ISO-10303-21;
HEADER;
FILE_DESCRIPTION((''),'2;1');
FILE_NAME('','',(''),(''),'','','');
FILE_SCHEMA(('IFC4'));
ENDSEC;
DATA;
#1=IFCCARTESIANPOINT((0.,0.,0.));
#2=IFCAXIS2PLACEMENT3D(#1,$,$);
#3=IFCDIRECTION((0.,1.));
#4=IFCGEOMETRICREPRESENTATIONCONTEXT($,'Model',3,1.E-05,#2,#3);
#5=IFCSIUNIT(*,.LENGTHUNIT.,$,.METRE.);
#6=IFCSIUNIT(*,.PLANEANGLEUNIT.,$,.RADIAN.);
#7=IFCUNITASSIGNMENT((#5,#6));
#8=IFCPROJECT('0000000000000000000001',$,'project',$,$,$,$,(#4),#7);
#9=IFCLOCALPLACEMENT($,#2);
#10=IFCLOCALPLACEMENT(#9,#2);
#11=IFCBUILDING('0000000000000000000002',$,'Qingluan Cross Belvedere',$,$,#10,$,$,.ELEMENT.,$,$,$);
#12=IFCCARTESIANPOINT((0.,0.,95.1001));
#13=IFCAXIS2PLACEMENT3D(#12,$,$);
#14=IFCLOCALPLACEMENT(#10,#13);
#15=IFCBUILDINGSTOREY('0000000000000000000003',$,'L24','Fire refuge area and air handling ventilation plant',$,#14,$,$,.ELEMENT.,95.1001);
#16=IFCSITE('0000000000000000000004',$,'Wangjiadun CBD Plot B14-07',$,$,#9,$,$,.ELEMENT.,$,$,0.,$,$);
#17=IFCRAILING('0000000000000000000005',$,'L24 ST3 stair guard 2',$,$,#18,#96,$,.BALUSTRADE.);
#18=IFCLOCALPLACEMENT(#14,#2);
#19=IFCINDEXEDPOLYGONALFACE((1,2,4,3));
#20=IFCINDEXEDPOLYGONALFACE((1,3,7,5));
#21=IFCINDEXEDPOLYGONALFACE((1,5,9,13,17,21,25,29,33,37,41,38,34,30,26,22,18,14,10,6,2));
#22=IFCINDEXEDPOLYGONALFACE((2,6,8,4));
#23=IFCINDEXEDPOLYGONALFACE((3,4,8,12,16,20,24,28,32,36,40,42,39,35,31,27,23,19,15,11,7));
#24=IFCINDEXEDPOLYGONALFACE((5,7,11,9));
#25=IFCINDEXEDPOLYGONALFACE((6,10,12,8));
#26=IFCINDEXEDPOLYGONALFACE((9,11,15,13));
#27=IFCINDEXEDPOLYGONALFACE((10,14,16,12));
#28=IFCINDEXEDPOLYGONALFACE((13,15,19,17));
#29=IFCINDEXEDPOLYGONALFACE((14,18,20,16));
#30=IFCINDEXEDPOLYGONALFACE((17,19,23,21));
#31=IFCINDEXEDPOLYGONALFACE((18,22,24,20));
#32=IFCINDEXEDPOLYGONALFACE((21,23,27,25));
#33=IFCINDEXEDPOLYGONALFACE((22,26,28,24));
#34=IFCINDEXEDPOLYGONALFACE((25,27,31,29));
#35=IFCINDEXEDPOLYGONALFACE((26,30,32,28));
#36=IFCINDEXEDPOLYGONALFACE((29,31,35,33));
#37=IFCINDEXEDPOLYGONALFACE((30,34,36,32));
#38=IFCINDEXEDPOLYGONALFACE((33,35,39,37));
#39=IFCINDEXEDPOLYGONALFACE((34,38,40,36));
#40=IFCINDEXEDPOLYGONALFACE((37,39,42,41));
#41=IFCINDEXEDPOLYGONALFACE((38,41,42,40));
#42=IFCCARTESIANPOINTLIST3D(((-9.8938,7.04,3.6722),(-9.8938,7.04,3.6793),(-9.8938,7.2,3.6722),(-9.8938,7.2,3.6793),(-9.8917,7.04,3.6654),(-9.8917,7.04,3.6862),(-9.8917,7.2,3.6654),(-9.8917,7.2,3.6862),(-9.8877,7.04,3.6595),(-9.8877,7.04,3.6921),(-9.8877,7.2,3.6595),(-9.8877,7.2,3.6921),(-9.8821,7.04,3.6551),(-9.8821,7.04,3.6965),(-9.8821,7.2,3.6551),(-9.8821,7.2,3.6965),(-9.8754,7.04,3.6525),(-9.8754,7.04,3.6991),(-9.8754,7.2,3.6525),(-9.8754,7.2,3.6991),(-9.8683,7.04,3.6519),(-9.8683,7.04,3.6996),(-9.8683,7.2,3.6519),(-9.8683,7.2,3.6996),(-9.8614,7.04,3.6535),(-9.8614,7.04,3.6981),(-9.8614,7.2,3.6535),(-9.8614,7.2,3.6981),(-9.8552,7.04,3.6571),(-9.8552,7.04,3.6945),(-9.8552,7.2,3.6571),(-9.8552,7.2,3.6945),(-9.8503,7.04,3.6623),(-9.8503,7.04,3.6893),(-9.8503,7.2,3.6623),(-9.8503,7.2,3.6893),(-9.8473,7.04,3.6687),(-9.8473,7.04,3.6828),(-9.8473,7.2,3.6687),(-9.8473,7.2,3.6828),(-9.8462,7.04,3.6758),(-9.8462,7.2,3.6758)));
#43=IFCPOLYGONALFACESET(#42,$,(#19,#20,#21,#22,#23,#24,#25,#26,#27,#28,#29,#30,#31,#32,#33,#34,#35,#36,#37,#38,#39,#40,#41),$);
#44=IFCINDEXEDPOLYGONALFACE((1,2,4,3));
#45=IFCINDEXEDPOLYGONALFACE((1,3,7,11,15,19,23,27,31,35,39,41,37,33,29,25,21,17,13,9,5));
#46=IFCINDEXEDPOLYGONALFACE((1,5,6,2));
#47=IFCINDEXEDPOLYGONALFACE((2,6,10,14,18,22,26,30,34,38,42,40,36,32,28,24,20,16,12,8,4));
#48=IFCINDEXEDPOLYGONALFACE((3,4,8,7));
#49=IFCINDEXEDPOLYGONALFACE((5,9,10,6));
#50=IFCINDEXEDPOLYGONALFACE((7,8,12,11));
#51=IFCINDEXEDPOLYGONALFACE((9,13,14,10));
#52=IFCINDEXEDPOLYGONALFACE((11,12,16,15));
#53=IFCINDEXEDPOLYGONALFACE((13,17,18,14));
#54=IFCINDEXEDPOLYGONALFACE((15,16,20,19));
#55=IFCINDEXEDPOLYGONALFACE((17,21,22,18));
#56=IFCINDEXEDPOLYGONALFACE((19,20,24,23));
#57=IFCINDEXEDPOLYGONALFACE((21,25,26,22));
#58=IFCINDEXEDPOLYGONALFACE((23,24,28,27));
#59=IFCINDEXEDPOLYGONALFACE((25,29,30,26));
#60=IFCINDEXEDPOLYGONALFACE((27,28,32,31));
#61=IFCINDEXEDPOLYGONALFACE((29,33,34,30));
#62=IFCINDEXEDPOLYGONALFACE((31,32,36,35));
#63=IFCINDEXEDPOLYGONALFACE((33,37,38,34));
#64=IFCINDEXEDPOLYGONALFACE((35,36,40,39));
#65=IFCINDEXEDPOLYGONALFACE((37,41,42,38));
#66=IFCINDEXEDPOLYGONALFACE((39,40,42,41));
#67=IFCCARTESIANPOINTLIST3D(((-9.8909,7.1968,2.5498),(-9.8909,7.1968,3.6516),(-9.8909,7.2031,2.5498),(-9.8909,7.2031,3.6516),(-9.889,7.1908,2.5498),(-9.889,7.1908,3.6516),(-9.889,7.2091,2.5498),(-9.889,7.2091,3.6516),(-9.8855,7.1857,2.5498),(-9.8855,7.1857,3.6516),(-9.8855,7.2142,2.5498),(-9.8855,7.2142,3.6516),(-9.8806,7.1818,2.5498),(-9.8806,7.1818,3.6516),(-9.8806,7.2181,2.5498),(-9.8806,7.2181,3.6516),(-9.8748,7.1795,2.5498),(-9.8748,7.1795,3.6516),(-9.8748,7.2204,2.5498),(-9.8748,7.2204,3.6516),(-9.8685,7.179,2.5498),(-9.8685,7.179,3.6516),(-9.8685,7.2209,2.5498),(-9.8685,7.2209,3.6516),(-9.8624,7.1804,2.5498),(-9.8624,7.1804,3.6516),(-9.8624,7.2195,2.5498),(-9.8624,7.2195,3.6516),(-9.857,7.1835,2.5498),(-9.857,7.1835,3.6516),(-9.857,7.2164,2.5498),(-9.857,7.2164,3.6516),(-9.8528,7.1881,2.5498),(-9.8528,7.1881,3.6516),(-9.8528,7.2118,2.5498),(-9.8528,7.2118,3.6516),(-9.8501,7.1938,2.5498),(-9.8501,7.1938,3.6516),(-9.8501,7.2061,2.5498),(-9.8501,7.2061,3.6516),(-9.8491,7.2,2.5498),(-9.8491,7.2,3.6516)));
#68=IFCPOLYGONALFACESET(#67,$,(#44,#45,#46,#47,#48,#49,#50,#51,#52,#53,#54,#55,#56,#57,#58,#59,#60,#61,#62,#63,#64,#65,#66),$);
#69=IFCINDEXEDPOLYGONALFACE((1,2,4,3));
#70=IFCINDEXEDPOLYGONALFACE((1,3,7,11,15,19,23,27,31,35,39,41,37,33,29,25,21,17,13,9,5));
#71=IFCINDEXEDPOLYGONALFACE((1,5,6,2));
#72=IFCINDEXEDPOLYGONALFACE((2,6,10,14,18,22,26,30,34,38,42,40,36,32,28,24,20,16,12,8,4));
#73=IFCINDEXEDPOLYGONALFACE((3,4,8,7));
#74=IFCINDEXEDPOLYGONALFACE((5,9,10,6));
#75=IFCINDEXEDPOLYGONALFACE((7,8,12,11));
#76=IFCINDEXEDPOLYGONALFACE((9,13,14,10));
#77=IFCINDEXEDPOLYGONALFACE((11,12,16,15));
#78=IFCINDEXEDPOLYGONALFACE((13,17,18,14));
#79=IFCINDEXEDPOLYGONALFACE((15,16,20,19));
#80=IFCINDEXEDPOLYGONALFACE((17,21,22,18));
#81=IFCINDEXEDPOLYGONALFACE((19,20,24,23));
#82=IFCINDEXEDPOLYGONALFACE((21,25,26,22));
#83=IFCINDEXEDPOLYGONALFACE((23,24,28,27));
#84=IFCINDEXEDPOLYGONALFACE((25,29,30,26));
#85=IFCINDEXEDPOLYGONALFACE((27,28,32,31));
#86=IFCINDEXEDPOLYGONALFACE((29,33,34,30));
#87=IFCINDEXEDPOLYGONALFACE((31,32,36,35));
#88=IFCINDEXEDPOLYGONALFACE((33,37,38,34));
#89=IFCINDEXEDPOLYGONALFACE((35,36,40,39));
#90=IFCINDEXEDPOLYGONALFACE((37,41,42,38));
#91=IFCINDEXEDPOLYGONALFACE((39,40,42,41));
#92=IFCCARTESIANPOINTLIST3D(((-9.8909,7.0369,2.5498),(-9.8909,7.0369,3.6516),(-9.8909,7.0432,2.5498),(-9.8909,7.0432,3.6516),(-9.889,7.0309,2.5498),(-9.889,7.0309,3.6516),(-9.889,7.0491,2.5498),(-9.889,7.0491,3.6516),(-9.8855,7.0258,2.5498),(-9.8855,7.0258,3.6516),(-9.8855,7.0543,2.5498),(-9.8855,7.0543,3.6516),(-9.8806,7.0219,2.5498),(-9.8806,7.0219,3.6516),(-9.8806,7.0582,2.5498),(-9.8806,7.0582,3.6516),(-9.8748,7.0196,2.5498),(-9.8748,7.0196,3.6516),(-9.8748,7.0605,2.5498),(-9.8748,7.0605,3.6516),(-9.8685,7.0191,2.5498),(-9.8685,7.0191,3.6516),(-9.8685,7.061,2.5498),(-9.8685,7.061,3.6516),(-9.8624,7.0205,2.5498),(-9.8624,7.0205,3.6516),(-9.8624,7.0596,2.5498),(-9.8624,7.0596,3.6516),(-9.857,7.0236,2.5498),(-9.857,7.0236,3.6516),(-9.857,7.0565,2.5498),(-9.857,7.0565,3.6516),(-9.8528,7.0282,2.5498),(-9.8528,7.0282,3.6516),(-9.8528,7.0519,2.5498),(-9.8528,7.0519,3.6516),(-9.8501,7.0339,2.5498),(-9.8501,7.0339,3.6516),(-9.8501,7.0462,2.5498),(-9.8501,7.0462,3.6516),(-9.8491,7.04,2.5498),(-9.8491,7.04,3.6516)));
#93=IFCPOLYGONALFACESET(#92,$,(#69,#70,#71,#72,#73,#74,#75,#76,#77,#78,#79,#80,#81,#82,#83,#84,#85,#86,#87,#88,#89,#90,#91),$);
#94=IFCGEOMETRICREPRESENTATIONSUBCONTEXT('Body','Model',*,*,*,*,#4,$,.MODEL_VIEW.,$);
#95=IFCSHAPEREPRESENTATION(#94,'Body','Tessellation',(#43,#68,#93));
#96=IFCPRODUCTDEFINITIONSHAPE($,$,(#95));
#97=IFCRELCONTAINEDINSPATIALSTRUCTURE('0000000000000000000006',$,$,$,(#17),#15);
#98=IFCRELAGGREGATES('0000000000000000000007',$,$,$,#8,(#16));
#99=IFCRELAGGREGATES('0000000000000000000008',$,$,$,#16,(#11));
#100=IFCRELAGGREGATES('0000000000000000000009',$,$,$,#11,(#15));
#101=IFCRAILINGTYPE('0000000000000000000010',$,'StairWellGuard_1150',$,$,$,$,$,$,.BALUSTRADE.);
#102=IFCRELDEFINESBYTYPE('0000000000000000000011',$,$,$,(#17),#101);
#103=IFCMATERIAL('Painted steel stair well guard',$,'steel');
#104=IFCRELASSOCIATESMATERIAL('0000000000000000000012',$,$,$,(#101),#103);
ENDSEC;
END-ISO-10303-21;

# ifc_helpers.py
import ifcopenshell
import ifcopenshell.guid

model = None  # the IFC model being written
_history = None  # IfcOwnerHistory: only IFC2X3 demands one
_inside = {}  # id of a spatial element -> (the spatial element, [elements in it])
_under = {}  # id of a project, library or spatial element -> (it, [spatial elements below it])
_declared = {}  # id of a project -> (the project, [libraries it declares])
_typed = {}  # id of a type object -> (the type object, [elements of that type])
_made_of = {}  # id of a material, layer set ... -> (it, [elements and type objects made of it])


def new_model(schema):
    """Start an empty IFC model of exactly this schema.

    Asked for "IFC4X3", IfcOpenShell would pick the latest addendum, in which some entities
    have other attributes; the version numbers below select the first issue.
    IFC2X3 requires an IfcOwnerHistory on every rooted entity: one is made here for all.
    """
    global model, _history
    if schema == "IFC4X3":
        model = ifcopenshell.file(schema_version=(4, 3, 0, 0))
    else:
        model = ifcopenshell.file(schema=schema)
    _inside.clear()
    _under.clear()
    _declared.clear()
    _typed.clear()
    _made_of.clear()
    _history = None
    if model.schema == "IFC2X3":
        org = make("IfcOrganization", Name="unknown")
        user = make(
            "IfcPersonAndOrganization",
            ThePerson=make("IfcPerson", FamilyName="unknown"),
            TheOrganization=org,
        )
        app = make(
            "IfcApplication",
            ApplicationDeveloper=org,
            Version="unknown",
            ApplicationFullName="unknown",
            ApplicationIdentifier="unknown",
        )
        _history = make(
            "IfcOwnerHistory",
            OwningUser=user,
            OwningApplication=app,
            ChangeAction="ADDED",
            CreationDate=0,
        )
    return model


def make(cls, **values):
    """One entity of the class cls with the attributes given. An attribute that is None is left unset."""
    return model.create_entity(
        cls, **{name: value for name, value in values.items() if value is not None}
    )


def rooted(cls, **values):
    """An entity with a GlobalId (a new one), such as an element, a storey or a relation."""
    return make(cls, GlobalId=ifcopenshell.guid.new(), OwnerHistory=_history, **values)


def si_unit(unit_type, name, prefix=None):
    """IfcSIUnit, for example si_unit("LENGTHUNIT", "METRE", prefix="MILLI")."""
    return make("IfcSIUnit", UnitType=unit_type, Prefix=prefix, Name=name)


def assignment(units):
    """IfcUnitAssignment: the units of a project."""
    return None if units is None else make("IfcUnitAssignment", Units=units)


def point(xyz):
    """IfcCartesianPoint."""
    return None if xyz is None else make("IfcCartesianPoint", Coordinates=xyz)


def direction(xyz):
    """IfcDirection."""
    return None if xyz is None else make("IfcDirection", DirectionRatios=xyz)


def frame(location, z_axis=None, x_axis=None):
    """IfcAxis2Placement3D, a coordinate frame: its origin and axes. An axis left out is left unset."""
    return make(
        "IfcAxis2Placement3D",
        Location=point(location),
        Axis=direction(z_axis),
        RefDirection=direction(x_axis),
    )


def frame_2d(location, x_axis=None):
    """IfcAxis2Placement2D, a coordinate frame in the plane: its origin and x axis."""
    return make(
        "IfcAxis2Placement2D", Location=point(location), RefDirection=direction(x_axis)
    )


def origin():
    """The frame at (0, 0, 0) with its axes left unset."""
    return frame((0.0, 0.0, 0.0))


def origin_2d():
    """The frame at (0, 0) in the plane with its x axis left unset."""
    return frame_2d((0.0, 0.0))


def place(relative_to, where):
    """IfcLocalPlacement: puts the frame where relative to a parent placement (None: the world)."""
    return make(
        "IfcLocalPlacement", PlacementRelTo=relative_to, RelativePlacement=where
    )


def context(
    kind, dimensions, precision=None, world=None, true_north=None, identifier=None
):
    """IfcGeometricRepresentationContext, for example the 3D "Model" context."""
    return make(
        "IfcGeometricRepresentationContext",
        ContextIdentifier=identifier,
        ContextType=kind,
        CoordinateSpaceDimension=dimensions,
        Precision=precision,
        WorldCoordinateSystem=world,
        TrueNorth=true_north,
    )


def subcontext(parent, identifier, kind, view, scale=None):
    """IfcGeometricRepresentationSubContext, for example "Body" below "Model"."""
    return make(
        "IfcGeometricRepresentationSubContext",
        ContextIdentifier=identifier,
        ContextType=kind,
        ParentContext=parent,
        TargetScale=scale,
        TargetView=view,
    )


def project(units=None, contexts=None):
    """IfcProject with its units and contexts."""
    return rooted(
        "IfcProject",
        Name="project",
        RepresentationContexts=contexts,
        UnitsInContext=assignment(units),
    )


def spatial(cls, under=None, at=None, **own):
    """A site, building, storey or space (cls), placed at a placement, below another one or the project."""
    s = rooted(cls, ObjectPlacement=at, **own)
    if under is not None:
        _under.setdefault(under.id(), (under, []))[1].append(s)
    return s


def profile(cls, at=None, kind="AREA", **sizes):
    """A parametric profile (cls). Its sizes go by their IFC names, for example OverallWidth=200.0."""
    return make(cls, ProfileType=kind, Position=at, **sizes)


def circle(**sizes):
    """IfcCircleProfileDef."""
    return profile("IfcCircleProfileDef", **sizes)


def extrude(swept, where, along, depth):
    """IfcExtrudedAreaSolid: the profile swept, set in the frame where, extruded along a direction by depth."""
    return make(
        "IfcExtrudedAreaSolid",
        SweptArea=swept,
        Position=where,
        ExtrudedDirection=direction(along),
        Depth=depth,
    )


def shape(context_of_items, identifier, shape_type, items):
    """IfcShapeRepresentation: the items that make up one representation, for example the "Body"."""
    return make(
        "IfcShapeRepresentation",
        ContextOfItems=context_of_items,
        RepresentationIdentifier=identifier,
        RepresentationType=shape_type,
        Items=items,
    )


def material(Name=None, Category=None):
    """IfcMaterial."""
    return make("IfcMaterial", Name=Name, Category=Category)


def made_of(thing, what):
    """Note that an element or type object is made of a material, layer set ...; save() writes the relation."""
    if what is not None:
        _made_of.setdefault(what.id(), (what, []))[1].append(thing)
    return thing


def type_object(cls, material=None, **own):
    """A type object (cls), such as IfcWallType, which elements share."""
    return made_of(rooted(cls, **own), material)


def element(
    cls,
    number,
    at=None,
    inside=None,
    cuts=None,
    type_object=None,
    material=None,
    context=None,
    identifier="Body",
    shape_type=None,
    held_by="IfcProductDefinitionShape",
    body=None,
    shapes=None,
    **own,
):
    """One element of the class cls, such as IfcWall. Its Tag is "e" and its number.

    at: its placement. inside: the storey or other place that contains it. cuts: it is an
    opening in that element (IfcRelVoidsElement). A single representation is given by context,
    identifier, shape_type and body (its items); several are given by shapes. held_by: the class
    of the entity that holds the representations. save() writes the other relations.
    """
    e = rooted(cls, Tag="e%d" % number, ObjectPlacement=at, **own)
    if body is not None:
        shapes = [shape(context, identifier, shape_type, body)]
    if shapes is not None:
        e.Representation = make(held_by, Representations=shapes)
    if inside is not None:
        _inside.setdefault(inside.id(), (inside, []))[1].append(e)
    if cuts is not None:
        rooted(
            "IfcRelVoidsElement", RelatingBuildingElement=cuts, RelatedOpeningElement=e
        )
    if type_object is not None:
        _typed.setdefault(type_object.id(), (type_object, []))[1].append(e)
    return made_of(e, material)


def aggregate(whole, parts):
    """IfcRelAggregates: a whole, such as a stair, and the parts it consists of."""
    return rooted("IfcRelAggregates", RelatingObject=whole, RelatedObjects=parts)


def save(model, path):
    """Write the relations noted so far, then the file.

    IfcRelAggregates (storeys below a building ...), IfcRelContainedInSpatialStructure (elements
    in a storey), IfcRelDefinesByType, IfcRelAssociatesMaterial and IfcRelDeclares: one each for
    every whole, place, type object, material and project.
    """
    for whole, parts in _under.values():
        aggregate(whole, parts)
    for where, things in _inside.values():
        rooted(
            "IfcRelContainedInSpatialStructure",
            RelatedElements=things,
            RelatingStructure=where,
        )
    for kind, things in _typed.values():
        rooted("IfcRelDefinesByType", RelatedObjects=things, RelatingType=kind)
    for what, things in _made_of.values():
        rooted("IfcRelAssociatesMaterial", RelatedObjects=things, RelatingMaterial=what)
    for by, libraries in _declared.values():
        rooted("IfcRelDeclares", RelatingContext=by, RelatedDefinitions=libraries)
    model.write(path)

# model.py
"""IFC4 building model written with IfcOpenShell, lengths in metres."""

from ifc_helpers import new_model, si_unit, direction, frame, origin, origin_2d, place, context, subcontext, project, spatial, circle, extrude, material, type_object, element, save


model = new_model("IFC4")

# Units and contexts
model_context = context("Model", 3, precision=1e-05, world=origin(), true_north=direction((0.0, 1.0)))
body_context = subcontext(model_context, "Body", "Model", "MODEL_VIEW")
ifc_project = project(units=[si_unit("LENGTHUNIT", "METRE"), si_unit("PLANEANGLEUNIT", "RADIAN")], contexts=[model_context])

# Site, building, storey
site_placement = place(None, origin())
site = spatial("IfcSite", under=ifc_project, at=site_placement, Name="Wangjiadun CBD Plot B14-07", CompositionType="ELEMENT", RefElevation=0.0)
building_placement = place(site_placement, origin())
building = spatial("IfcBuilding", under=site, at=building_placement, Name="Qingluan Cross Belvedere", CompositionType="ELEMENT")
storey_placement = place(building_placement, frame((0.0, 0.0, 95.1001)))
storey = spatial("IfcBuildingStorey", under=building, at=storey_placement, Name="L24", Description="Fire refuge area and air handling ventilation plant", CompositionType="ELEMENT", Elevation=95.1001)

# Railing
ifc_material_1 = material(Name="Painted steel stair well guard", Category="steel")
railing_type_1 = type_object("IfcRailingType", Name="StairWellGuard_1150", PredefinedType="BALUSTRADE", material=ifc_material_1)
railing_1_placement = place(storey_placement, frame((-9.8701, 7.2, 2.5498)))
element("IfcRailing", 1, at=railing_1_placement, inside=storey, type_object=railing_type_1, Name="L24 ST3 stair guard 2", PredefinedType="BALUSTRADE", context=body_context, shape_type="SweptSolid", body=[
    extrude(circle(Radius=0.0239, at=origin_2d()), frame((0.0, 0.0, 1.126), z_axis=(0.0, -1.0, 0.0), x_axis=(1.0, 0.0, 0.0)), (0.0, 0.0, 1.0), 0.1599),
    extrude(circle(Radius=0.021, at=origin_2d()), origin(), (0.0, 0.0, 1.0), 1.1018),
    extrude(circle(Radius=0.021, at=origin_2d()), frame((0.0, -0.1599, 0.0)), (0.0, 0.0, 1.0), 1.1018),
])

save(model, "model.ifc")
